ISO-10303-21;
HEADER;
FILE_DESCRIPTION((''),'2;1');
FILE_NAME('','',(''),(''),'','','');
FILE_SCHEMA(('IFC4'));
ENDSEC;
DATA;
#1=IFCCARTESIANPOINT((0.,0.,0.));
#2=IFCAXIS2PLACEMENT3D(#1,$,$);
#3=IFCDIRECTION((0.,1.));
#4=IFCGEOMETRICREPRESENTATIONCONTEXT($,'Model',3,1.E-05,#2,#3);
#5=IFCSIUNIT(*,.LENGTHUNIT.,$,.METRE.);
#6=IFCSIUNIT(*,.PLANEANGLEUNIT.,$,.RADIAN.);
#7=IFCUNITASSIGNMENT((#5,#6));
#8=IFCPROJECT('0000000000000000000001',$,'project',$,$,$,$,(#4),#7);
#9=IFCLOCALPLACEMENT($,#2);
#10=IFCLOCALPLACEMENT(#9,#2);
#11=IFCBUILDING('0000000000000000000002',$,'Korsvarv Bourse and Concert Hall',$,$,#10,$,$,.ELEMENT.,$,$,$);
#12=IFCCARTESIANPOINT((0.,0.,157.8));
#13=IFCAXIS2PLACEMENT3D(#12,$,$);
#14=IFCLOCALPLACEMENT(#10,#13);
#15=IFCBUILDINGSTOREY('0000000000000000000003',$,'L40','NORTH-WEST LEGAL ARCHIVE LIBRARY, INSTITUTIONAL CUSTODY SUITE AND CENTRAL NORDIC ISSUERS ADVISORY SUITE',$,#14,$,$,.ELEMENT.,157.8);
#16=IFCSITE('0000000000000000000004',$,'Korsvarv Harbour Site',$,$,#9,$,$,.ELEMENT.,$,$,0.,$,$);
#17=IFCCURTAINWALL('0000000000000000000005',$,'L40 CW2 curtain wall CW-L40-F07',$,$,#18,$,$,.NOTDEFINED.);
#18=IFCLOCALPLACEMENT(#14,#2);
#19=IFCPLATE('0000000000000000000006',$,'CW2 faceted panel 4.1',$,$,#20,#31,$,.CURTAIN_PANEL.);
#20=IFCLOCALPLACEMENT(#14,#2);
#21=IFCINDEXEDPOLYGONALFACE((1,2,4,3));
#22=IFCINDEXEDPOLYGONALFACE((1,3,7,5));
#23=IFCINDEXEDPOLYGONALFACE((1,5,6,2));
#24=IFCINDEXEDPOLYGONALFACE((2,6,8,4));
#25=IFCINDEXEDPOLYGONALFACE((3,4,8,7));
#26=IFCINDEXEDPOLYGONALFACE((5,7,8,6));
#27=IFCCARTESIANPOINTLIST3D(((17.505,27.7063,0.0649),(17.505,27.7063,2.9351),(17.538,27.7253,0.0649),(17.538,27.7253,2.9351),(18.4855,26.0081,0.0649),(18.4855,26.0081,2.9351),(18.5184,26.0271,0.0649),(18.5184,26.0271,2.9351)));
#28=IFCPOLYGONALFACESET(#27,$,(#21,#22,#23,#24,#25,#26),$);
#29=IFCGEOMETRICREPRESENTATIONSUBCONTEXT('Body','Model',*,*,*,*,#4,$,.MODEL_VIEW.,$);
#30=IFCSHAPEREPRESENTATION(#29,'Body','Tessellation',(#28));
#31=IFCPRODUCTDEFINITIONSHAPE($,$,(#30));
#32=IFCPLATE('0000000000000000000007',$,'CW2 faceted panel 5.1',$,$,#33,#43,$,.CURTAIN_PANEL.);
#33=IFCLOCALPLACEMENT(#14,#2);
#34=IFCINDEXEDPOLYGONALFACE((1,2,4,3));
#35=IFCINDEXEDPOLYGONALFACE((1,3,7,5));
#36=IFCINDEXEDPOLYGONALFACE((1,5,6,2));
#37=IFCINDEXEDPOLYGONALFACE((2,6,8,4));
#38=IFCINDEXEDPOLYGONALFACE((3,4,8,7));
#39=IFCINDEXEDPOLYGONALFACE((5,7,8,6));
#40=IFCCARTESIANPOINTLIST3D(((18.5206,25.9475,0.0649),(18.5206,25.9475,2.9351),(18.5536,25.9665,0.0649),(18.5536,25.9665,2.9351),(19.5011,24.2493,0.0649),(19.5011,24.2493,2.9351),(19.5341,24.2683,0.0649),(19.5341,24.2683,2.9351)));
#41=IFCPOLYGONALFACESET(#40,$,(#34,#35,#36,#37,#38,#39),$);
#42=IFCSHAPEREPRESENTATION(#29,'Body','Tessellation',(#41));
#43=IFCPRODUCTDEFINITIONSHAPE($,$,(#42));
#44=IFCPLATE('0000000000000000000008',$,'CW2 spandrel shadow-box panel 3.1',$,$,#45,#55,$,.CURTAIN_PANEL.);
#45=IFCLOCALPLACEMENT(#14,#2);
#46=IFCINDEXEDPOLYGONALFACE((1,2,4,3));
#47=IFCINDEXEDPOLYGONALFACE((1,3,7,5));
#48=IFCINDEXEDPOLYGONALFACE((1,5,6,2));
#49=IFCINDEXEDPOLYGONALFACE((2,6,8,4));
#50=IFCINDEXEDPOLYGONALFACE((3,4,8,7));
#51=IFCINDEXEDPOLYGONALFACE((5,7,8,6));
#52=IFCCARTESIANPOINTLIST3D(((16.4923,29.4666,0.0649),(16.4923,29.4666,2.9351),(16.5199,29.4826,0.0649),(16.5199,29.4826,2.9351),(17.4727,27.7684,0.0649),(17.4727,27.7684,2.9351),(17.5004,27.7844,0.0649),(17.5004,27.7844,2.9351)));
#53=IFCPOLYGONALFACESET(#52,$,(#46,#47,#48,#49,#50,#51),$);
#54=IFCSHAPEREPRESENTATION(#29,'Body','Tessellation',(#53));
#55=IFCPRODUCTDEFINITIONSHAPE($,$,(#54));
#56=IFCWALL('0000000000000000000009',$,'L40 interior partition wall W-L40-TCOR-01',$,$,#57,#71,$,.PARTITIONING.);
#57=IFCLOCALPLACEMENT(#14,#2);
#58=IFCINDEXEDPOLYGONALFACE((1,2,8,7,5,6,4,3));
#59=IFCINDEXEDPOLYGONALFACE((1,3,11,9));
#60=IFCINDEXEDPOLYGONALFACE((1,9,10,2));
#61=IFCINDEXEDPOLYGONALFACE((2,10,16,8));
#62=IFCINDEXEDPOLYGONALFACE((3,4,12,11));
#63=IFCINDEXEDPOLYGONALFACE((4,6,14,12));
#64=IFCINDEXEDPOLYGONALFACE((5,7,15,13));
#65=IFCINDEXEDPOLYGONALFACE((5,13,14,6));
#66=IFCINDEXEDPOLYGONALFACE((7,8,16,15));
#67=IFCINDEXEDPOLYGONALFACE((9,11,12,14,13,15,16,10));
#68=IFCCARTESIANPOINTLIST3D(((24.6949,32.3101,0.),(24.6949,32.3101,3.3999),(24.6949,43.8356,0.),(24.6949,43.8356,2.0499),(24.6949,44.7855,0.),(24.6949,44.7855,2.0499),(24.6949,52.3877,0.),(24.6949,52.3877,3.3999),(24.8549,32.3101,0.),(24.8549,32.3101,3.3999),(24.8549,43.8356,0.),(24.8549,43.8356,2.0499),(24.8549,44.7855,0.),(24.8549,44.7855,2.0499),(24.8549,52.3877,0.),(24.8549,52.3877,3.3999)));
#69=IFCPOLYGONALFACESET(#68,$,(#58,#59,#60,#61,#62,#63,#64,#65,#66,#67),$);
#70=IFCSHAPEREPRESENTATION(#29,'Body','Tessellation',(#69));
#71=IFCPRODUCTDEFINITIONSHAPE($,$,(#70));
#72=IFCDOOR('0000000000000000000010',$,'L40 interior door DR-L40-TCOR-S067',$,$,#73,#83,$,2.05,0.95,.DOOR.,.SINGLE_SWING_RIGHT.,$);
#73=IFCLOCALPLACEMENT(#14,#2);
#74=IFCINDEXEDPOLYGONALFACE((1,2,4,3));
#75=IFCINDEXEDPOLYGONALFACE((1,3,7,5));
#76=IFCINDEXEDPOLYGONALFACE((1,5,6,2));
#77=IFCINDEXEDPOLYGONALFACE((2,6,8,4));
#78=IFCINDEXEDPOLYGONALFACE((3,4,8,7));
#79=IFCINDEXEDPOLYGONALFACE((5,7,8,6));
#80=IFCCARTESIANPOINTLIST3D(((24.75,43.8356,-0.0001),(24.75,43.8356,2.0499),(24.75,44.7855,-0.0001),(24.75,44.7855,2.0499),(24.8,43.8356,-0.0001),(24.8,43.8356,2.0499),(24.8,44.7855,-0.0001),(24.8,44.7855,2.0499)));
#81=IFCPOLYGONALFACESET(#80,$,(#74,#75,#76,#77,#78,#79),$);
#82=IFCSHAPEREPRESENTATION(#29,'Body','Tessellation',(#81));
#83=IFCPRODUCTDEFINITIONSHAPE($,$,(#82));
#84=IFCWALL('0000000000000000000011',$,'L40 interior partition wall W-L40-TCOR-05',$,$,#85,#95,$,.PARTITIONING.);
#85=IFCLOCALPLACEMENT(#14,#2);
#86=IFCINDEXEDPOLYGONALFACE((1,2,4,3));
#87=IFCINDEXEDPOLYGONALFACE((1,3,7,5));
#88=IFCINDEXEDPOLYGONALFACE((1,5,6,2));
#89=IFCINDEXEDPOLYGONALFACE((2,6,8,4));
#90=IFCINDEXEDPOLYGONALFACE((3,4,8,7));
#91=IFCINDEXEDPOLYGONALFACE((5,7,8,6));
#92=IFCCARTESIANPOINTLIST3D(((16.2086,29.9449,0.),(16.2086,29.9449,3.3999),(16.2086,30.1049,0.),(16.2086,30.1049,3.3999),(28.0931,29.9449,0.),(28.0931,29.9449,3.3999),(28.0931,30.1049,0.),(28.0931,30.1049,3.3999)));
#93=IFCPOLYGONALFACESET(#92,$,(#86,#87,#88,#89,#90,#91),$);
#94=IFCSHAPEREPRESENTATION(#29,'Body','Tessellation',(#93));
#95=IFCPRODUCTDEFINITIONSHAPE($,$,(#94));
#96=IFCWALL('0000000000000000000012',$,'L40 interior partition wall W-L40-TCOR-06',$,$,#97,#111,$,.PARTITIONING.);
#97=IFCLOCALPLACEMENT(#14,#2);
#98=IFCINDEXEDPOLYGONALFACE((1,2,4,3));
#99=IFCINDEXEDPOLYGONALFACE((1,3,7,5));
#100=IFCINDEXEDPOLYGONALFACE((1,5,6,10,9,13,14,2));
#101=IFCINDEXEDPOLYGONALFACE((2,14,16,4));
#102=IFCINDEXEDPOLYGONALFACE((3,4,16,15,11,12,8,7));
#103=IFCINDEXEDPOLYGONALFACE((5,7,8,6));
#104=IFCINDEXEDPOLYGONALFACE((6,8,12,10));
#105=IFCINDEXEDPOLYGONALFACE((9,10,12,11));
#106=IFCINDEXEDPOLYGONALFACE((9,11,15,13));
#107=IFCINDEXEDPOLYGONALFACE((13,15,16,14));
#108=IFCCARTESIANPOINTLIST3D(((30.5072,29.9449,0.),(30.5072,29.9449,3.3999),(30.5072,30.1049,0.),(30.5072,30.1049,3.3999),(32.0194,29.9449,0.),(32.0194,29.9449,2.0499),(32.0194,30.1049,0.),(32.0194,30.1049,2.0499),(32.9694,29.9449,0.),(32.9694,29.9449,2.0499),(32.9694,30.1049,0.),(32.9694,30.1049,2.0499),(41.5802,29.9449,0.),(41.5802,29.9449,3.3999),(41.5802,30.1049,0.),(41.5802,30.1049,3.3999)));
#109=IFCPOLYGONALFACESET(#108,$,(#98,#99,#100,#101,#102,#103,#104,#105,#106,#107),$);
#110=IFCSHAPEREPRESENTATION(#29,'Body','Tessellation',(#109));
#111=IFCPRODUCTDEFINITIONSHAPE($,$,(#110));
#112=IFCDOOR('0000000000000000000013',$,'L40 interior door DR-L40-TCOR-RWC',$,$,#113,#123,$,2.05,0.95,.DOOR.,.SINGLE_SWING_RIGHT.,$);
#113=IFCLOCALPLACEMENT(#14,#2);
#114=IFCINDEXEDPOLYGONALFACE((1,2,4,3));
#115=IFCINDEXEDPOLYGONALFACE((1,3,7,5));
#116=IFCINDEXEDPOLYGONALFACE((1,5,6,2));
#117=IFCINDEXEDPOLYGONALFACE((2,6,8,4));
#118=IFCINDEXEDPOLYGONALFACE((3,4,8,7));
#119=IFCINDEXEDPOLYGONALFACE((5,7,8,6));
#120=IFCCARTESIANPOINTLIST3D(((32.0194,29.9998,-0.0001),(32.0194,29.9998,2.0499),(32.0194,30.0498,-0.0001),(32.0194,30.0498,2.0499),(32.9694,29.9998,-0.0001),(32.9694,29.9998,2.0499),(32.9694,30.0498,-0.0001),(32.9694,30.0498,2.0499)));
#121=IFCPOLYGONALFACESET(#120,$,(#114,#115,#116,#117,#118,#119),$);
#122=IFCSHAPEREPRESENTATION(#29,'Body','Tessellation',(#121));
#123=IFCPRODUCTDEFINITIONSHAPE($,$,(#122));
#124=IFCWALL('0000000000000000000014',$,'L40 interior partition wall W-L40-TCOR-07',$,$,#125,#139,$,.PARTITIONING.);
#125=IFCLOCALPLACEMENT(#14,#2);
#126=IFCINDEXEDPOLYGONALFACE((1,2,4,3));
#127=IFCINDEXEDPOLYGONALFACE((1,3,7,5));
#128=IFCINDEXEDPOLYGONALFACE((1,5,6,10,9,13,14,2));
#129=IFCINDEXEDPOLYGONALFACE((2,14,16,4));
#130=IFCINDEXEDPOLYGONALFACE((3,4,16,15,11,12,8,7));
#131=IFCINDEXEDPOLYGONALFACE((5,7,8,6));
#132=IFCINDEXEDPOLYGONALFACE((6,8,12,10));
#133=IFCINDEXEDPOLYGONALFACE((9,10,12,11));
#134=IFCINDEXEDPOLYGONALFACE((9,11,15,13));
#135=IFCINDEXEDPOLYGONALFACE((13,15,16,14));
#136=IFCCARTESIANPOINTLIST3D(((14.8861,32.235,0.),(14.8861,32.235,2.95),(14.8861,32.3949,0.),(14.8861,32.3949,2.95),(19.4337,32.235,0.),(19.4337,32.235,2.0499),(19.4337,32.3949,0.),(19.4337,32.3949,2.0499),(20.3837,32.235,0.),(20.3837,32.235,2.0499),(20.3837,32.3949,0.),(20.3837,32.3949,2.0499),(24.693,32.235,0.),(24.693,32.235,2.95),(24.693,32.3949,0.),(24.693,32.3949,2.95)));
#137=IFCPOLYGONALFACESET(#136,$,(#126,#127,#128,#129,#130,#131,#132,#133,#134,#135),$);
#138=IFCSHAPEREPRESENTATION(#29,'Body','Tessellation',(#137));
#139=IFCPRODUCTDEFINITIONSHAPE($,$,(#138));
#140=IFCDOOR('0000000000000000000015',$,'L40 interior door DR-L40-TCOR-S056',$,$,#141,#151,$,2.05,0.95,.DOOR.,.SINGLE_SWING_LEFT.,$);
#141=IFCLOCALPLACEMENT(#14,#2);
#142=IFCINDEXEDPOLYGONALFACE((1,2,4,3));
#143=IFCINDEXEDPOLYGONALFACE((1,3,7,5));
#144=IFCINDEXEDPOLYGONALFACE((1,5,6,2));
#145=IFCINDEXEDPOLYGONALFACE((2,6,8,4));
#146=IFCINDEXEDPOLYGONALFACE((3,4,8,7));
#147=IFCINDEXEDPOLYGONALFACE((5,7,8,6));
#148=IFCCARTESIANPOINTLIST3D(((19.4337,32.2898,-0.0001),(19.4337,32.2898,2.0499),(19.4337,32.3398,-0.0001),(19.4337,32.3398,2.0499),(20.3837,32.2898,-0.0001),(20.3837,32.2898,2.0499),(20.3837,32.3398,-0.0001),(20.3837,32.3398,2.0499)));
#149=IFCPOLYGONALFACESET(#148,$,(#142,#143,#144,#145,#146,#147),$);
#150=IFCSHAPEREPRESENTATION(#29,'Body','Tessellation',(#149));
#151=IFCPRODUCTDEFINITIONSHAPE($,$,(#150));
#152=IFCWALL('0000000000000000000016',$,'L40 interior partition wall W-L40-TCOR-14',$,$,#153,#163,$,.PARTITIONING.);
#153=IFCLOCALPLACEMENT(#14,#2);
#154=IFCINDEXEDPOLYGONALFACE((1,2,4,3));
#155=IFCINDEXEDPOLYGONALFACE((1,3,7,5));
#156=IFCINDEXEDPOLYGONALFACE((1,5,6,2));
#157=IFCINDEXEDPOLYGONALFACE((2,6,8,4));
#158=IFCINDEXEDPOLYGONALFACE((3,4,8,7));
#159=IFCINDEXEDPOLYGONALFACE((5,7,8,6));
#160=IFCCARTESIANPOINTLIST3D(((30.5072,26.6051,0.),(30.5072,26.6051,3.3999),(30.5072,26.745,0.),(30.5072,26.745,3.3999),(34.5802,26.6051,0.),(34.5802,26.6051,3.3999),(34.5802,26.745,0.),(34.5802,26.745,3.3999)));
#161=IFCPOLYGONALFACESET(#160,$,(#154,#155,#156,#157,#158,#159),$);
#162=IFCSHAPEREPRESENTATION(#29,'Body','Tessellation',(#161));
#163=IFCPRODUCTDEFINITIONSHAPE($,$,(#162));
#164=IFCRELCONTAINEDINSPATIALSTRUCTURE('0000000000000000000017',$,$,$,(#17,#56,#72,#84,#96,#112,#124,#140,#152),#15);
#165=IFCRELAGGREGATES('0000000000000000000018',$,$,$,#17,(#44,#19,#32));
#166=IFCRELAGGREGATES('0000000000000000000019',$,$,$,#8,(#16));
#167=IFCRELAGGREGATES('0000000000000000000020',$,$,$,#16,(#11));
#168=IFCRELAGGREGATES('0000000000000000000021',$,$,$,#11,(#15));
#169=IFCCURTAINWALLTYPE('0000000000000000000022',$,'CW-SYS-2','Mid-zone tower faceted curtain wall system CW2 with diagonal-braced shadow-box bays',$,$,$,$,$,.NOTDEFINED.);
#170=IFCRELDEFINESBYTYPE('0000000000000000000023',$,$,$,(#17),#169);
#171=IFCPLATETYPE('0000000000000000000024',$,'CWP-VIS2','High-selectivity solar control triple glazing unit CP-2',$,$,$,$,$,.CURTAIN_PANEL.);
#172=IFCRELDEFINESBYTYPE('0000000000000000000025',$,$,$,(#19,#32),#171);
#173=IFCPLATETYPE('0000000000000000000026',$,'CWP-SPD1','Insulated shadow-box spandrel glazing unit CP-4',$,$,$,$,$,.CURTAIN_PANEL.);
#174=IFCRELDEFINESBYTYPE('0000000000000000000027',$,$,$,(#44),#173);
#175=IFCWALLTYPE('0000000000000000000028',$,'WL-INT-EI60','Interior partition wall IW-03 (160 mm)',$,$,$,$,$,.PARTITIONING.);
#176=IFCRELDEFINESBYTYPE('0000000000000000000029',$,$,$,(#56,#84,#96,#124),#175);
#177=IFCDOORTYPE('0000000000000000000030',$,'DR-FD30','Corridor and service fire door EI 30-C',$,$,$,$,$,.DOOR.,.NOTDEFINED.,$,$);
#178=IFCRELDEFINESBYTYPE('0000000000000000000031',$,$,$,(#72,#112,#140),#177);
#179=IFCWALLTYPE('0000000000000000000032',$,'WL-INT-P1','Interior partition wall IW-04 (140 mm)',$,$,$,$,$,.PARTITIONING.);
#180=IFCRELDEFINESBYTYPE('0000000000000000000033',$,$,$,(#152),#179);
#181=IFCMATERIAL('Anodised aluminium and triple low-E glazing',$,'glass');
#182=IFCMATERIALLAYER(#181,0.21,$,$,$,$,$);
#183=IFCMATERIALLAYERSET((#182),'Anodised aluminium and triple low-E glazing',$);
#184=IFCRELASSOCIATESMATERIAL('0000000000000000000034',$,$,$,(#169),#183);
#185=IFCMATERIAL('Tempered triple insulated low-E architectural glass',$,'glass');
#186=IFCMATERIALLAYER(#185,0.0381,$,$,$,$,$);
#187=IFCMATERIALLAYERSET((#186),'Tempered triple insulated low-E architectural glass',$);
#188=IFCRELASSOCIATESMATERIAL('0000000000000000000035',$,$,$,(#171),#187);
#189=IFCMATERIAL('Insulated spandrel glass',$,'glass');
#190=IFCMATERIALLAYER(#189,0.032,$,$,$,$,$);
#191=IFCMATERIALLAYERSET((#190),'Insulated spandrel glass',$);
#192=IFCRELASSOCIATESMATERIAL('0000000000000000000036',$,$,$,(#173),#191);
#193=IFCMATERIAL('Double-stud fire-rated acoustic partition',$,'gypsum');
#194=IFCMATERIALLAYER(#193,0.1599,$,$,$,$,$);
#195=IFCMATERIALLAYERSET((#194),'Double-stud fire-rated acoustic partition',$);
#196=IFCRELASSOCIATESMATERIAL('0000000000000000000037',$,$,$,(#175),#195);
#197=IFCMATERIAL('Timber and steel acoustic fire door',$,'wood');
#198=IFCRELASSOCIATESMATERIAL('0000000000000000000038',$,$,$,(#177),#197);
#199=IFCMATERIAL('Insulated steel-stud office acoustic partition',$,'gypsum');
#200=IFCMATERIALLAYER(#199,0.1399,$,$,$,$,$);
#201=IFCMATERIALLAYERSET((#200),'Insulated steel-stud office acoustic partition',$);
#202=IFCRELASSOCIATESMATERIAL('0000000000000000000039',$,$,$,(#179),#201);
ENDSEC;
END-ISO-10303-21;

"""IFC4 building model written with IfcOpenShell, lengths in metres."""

from ifc_helpers import new_model, si_unit, direction, frame, frame_2d, origin, origin_2d, place, context, subcontext, project, spatial, rectangle, extrude, source, transform, mapped, material, layer, layer_set, type_object, element, fill, aggregate, save


model = new_model("IFC4")

# Units and contexts
model_context = context("Model", 3, precision=1e-05, world=origin(), true_north=direction((0.0, 1.0)))
body_context = subcontext(model_context, "Body", "Model", "MODEL_VIEW")
ifc_project = project(units=[si_unit("LENGTHUNIT", "METRE"), si_unit("PLANEANGLEUNIT", "RADIAN")], contexts=[model_context])

# Site, building, storey
site_placement = place(None, origin())
site = spatial("IfcSite", under=ifc_project, at=site_placement, Name="Korsvarv Harbour Site", CompositionType="ELEMENT", RefElevation=0.0)
building_placement = place(site_placement, origin())
building = spatial("IfcBuilding", under=site, at=building_placement, Name="Korsvarv Bourse and Concert Hall", CompositionType="ELEMENT")
storey_placement = place(building_placement, frame((0.0, 0.0, 157.8)))
storey = spatial("IfcBuildingStorey", under=building, at=storey_placement, Name="L40", Description="NORTH-WEST LEGAL ARCHIVE LIBRARY, INSTITUTIONAL CUSTODY SUITE AND CENTRAL NORDIC ISSUERS ADVISORY SUITE", CompositionType="ELEMENT", Elevation=157.8)

# Curtain wall, plates
ifc_material_1 = material(Name="Anodised aluminium and triple low-E glazing", Category="glass")
ifc_layer_1 = layer(ifc_material_1, 0.21)
ifc_layer_set_1 = layer_set([ifc_layer_1], Name="Anodised aluminium and triple low-E glazing")
curtain_wall_type = type_object("IfcCurtainWallType", Name="CW-SYS-2", Description="Mid-zone tower faceted curtain wall system CW2 with diagonal-braced shadow-box bays", PredefinedType="NOTDEFINED", material=ifc_layer_set_1)
curtain_wall_placement = place(storey_placement, origin())
curtain_wall = element("IfcCurtainWall", 1, at=curtain_wall_placement, inside=storey, type_object=curtain_wall_type, Name="L40 CW2 curtain wall CW-L40-F07", PredefinedType="NOTDEFINED")
ifc_material_2 = material(Name="Tempered triple insulated low-E architectural glass", Category="glass")
ifc_layer_2 = layer(ifc_material_2, 0.0381)
ifc_layer_set_2 = layer_set([ifc_layer_2], Name="Tempered triple insulated low-E architectural glass")
plate_type_1 = type_object("IfcPlateType", Name="CWP-VIS2", Description="High-selectivity solar control triple glazing unit CP-2", PredefinedType="CURTAIN_PANEL", material=ifc_layer_set_2)
shared_shape_1 = source(origin(), body_context, "Body", "SweptSolid", [
    extrude(rectangle(XDim=1.9609, YDim=0.0381, at=origin_2d()), origin(), (0.0, 0.0, 1.0), 2.8701),
])
plate_1_placement = place(storey_placement, frame((18.0117, 26.8667, 0.0649), z_axis=(0.0, 0.0, 1.0), x_axis=(0.500002, -0.866024, 0.0)))
plate_1 = element("IfcPlate", 2, at=plate_1_placement, type_object=plate_type_1, Name="CW2 faceted panel 4.1", PredefinedType="CURTAIN_PANEL", context=body_context, shape_type="MappedRepresentation", body=[
    mapped(shared_shape_1, transform((0.0, 0.0, 0.0), scale=1.0)),
])
plate_2_placement = place(storey_placement, frame((19.0273, 25.1079, 0.0649), z_axis=(0.0, 0.0, 1.0), x_axis=(0.500002, -0.866024, 0.0)))
plate_2 = element("IfcPlate", 3, at=plate_2_placement, type_object=plate_type_1, Name="CW2 faceted panel 5.1", PredefinedType="CURTAIN_PANEL", context=body_context, shape_type="MappedRepresentation", body=[
    mapped(shared_shape_1, transform((0.0, 0.0, 0.0), scale=1.0)),
])
ifc_material_3 = material(Name="Insulated spandrel glass", Category="glass")
ifc_layer_3 = layer(ifc_material_3, 0.032)
ifc_layer_set_3 = layer_set([ifc_layer_3], Name="Insulated spandrel glass")
plate_type_2 = type_object("IfcPlateType", Name="CWP-SPD1", Description="Insulated shadow-box spandrel glazing unit CP-4", PredefinedType="CURTAIN_PANEL", material=ifc_layer_set_3)
shared_shape_2 = source(origin(), body_context, "Body", "SweptSolid", [
    extrude(rectangle(XDim=1.9609, YDim=0.032, at=origin_2d()), origin(), (0.0, 0.0, 1.0), 2.8701),
])
plate_3_placement = place(storey_placement, frame((16.9963, 28.6255, 0.0649), z_axis=(0.0, 0.0, 1.0), x_axis=(0.500002, -0.866024, 0.0)))
plate_3 = element("IfcPlate", 4, at=plate_3_placement, type_object=plate_type_2, Name="CW2 spandrel shadow-box panel 3.1", PredefinedType="CURTAIN_PANEL", context=body_context, shape_type="MappedRepresentation", body=[
    mapped(shared_shape_2, transform((0.0, 0.0, 0.0), scale=1.0)),
])
aggregate(curtain_wall, [plate_3, plate_1, plate_2])

# Wall, opening, door
ifc_material_4 = material(Name="Double-stud fire-rated acoustic partition", Category="gypsum")
ifc_layer_4 = layer(ifc_material_4, 0.1599)
ifc_layer_set_4 = layer_set([ifc_layer_4], Name="Double-stud fire-rated acoustic partition")
wall_type_1 = type_object("IfcWallType", Name="WL-INT-EI60", Description="Interior partition wall IW-03 (160 mm)", PredefinedType="PARTITIONING", material=ifc_layer_set_4)
wall_1_placement = place(storey_placement, frame((24.7749, 32.3101, 0.0), z_axis=(0.0, 0.0, 1.0), x_axis=(0.0, 1.0, 0.0)))
wall_1 = element("IfcWall", 5, at=wall_1_placement, inside=storey, type_object=wall_type_1, Name="L40 interior partition wall W-L40-TCOR-01", PredefinedType="PARTITIONING", context=body_context, shape_type="SweptSolid", body=[
    extrude(rectangle(XDim=20.0776, YDim=0.1599, at=frame_2d((10.0388, 0.0))), origin(), (0.0, 0.0, 1.0), 3.3999),
])
opening_1_placement = place(wall_1_placement, frame((11.5254, 0.0, 0.0)))
opening_1 = element("IfcOpeningElement", 6, at=opening_1_placement, cuts=wall_1, PredefinedType="OPENING", context=body_context, shape_type="SweptSolid", body=[
    extrude(rectangle(XDim=0.95, YDim=2.05, at=frame_2d((0.4751, 1.0249))), frame((0.0, 0.0898, 0.0), z_axis=(0.0, -1.0, 0.0), x_axis=(1.0, 0.0, 0.0)), (0.0, 0.0, 1.0), 0.1799),
])
ifc_material_5 = material(Name="Timber and steel acoustic fire door", Category="wood")
door_type = type_object("IfcDoorType", Name="DR-FD30", Description="Corridor and service fire door EI 30-C", OperationType="NOTDEFINED", PredefinedType="DOOR", material=ifc_material_5)
door_1_placement = place(opening_1_placement, origin())
door_1 = element("IfcDoor", 7, at=door_1_placement, inside=storey, type_object=door_type, Name="L40 interior door DR-L40-TCOR-S067", OperationType="SINGLE_SWING_RIGHT", OverallHeight=2.05, OverallWidth=0.95, PredefinedType="DOOR", context=body_context, shape_type="SweptSolid", body=[
    extrude(rectangle(XDim=0.95, YDim=2.05, at=frame_2d((0.4751, 1.0249))), frame((0.0, 0.0249, 0.0), z_axis=(0.0, -1.0, 0.0), x_axis=(1.0, 0.0, 0.0)), (0.0, 0.0, 1.0), 0.05),
])
fill(opening_1, door_1)

# Wall
wall_2_placement = place(storey_placement, frame((16.2085, 30.0249, 0.0), z_axis=(0.0, 0.0, 1.0), x_axis=(1.0, 0.0, 0.0)))
element("IfcWall", 8, at=wall_2_placement, inside=storey, type_object=wall_type_1, Name="L40 interior partition wall W-L40-TCOR-05", PredefinedType="PARTITIONING", context=body_context, shape_type="SweptSolid", body=[
    extrude(rectangle(XDim=11.8845, YDim=0.1599, at=frame_2d((5.9424, 0.0))), origin(), (0.0, 0.0, 1.0), 3.3999),
])

# Walls, openings, doors
wall_3_placement = place(storey_placement, frame((30.5071, 30.0249, 0.0), z_axis=(0.0, 0.0, 1.0), x_axis=(1.0, 0.0, 0.0)))
wall_3 = element("IfcWall", 9, at=wall_3_placement, inside=storey, type_object=wall_type_1, Name="L40 interior partition wall W-L40-TCOR-06", PredefinedType="PARTITIONING", context=body_context, shape_type="SweptSolid", body=[
    extrude(rectangle(XDim=11.073, YDim=0.1599, at=frame_2d((5.5366, 0.0))), origin(), (0.0, 0.0, 1.0), 3.3999),
])
opening_2_placement = place(wall_3_placement, frame((1.5122, 0.0, 0.0)))
opening_2 = element("IfcOpeningElement", 10, at=opening_2_placement, cuts=wall_3, PredefinedType="OPENING", context=body_context, shape_type="SweptSolid", body=[
    extrude(rectangle(XDim=0.95, YDim=2.05, at=frame_2d((0.4751, 1.0249))), frame((0.0, 0.0898, 0.0), z_axis=(0.0, -1.0, 0.0), x_axis=(1.0, 0.0, 0.0)), (0.0, 0.0, 1.0), 0.1799),
])
door_2_placement = place(opening_2_placement, origin())
door_2 = element("IfcDoor", 11, at=door_2_placement, inside=storey, type_object=door_type, Name="L40 interior door DR-L40-TCOR-RWC", OperationType="SINGLE_SWING_RIGHT", OverallHeight=2.05, OverallWidth=0.95, PredefinedType="DOOR", context=body_context, shape_type="SweptSolid", body=[
    extrude(rectangle(XDim=0.95, YDim=2.05, at=frame_2d((0.4751, 1.0249))), frame((0.0, 0.0249, 0.0), z_axis=(0.0, -1.0, 0.0), x_axis=(1.0, 0.0, 0.0)), (0.0, 0.0, 1.0), 0.05),
])
fill(opening_2, door_2)
wall_4_placement = place(storey_placement, frame((14.8862, 32.3149, 0.0), z_axis=(0.0, 0.0, 1.0), x_axis=(1.0, 0.0, 0.0)))
wall_4 = element("IfcWall", 12, at=wall_4_placement, inside=storey, type_object=wall_type_1, Name="L40 interior partition wall W-L40-TCOR-07", PredefinedType="PARTITIONING", context=body_context, shape_type="SweptSolid", body=[
    extrude(rectangle(XDim=9.8069, YDim=0.1599, at=frame_2d((4.9033, 0.0))), origin(), (0.0, 0.0, 1.0), 2.95),
])
opening_3_placement = place(wall_4_placement, frame((4.5474, 0.0, 0.0)))
opening_3 = element("IfcOpeningElement", 13, at=opening_3_placement, cuts=wall_4, PredefinedType="OPENING", context=body_context, shape_type="SweptSolid", body=[
    extrude(rectangle(XDim=0.95, YDim=2.05, at=frame_2d((0.4751, 1.0249))), frame((0.0, 0.0898, 0.0), z_axis=(0.0, -1.0, 0.0), x_axis=(1.0, 0.0, 0.0)), (0.0, 0.0, 1.0), 0.1799),
])
door_3_placement = place(opening_3_placement, origin())
door_3 = element("IfcDoor", 14, at=door_3_placement, inside=storey, type_object=door_type, Name="L40 interior door DR-L40-TCOR-S056", OperationType="SINGLE_SWING_LEFT", OverallHeight=2.05, OverallWidth=0.95, PredefinedType="DOOR", context=body_context, shape_type="SweptSolid", body=[
    extrude(rectangle(XDim=0.95, YDim=2.05, at=frame_2d((0.4751, 1.0249))), frame((0.0, 0.0249, 0.0), z_axis=(0.0, -1.0, 0.0), x_axis=(1.0, 0.0, 0.0)), (0.0, 0.0, 1.0), 0.05),
])
fill(opening_3, door_3)

# Wall
ifc_material_6 = material(Name="Insulated steel-stud office acoustic partition", Category="gypsum")
ifc_layer_5 = layer(ifc_material_6, 0.1399)
ifc_layer_set_5 = layer_set([ifc_layer_5], Name="Insulated steel-stud office acoustic partition")
wall_type_2 = type_object("IfcWallType", Name="WL-INT-P1", Description="Interior partition wall IW-04 (140 mm)", PredefinedType="PARTITIONING", material=ifc_layer_set_5)
wall_5_placement = place(storey_placement, frame((30.5071, 26.675, 0.0), z_axis=(0.0, 0.0, 1.0), x_axis=(1.0, 0.0, 0.0)))
element("IfcWall", 15, at=wall_5_placement, inside=storey, type_object=wall_type_2, Name="L40 interior partition wall W-L40-TCOR-14", PredefinedType="PARTITIONING", context=body_context, shape_type="SweptSolid", body=[
    extrude(rectangle(XDim=4.073, YDim=0.1399, at=frame_2d((2.0366, 0.0))), origin(), (0.0, 0.0, 1.0), 3.3999),
])

save(model, "model.ifc")
